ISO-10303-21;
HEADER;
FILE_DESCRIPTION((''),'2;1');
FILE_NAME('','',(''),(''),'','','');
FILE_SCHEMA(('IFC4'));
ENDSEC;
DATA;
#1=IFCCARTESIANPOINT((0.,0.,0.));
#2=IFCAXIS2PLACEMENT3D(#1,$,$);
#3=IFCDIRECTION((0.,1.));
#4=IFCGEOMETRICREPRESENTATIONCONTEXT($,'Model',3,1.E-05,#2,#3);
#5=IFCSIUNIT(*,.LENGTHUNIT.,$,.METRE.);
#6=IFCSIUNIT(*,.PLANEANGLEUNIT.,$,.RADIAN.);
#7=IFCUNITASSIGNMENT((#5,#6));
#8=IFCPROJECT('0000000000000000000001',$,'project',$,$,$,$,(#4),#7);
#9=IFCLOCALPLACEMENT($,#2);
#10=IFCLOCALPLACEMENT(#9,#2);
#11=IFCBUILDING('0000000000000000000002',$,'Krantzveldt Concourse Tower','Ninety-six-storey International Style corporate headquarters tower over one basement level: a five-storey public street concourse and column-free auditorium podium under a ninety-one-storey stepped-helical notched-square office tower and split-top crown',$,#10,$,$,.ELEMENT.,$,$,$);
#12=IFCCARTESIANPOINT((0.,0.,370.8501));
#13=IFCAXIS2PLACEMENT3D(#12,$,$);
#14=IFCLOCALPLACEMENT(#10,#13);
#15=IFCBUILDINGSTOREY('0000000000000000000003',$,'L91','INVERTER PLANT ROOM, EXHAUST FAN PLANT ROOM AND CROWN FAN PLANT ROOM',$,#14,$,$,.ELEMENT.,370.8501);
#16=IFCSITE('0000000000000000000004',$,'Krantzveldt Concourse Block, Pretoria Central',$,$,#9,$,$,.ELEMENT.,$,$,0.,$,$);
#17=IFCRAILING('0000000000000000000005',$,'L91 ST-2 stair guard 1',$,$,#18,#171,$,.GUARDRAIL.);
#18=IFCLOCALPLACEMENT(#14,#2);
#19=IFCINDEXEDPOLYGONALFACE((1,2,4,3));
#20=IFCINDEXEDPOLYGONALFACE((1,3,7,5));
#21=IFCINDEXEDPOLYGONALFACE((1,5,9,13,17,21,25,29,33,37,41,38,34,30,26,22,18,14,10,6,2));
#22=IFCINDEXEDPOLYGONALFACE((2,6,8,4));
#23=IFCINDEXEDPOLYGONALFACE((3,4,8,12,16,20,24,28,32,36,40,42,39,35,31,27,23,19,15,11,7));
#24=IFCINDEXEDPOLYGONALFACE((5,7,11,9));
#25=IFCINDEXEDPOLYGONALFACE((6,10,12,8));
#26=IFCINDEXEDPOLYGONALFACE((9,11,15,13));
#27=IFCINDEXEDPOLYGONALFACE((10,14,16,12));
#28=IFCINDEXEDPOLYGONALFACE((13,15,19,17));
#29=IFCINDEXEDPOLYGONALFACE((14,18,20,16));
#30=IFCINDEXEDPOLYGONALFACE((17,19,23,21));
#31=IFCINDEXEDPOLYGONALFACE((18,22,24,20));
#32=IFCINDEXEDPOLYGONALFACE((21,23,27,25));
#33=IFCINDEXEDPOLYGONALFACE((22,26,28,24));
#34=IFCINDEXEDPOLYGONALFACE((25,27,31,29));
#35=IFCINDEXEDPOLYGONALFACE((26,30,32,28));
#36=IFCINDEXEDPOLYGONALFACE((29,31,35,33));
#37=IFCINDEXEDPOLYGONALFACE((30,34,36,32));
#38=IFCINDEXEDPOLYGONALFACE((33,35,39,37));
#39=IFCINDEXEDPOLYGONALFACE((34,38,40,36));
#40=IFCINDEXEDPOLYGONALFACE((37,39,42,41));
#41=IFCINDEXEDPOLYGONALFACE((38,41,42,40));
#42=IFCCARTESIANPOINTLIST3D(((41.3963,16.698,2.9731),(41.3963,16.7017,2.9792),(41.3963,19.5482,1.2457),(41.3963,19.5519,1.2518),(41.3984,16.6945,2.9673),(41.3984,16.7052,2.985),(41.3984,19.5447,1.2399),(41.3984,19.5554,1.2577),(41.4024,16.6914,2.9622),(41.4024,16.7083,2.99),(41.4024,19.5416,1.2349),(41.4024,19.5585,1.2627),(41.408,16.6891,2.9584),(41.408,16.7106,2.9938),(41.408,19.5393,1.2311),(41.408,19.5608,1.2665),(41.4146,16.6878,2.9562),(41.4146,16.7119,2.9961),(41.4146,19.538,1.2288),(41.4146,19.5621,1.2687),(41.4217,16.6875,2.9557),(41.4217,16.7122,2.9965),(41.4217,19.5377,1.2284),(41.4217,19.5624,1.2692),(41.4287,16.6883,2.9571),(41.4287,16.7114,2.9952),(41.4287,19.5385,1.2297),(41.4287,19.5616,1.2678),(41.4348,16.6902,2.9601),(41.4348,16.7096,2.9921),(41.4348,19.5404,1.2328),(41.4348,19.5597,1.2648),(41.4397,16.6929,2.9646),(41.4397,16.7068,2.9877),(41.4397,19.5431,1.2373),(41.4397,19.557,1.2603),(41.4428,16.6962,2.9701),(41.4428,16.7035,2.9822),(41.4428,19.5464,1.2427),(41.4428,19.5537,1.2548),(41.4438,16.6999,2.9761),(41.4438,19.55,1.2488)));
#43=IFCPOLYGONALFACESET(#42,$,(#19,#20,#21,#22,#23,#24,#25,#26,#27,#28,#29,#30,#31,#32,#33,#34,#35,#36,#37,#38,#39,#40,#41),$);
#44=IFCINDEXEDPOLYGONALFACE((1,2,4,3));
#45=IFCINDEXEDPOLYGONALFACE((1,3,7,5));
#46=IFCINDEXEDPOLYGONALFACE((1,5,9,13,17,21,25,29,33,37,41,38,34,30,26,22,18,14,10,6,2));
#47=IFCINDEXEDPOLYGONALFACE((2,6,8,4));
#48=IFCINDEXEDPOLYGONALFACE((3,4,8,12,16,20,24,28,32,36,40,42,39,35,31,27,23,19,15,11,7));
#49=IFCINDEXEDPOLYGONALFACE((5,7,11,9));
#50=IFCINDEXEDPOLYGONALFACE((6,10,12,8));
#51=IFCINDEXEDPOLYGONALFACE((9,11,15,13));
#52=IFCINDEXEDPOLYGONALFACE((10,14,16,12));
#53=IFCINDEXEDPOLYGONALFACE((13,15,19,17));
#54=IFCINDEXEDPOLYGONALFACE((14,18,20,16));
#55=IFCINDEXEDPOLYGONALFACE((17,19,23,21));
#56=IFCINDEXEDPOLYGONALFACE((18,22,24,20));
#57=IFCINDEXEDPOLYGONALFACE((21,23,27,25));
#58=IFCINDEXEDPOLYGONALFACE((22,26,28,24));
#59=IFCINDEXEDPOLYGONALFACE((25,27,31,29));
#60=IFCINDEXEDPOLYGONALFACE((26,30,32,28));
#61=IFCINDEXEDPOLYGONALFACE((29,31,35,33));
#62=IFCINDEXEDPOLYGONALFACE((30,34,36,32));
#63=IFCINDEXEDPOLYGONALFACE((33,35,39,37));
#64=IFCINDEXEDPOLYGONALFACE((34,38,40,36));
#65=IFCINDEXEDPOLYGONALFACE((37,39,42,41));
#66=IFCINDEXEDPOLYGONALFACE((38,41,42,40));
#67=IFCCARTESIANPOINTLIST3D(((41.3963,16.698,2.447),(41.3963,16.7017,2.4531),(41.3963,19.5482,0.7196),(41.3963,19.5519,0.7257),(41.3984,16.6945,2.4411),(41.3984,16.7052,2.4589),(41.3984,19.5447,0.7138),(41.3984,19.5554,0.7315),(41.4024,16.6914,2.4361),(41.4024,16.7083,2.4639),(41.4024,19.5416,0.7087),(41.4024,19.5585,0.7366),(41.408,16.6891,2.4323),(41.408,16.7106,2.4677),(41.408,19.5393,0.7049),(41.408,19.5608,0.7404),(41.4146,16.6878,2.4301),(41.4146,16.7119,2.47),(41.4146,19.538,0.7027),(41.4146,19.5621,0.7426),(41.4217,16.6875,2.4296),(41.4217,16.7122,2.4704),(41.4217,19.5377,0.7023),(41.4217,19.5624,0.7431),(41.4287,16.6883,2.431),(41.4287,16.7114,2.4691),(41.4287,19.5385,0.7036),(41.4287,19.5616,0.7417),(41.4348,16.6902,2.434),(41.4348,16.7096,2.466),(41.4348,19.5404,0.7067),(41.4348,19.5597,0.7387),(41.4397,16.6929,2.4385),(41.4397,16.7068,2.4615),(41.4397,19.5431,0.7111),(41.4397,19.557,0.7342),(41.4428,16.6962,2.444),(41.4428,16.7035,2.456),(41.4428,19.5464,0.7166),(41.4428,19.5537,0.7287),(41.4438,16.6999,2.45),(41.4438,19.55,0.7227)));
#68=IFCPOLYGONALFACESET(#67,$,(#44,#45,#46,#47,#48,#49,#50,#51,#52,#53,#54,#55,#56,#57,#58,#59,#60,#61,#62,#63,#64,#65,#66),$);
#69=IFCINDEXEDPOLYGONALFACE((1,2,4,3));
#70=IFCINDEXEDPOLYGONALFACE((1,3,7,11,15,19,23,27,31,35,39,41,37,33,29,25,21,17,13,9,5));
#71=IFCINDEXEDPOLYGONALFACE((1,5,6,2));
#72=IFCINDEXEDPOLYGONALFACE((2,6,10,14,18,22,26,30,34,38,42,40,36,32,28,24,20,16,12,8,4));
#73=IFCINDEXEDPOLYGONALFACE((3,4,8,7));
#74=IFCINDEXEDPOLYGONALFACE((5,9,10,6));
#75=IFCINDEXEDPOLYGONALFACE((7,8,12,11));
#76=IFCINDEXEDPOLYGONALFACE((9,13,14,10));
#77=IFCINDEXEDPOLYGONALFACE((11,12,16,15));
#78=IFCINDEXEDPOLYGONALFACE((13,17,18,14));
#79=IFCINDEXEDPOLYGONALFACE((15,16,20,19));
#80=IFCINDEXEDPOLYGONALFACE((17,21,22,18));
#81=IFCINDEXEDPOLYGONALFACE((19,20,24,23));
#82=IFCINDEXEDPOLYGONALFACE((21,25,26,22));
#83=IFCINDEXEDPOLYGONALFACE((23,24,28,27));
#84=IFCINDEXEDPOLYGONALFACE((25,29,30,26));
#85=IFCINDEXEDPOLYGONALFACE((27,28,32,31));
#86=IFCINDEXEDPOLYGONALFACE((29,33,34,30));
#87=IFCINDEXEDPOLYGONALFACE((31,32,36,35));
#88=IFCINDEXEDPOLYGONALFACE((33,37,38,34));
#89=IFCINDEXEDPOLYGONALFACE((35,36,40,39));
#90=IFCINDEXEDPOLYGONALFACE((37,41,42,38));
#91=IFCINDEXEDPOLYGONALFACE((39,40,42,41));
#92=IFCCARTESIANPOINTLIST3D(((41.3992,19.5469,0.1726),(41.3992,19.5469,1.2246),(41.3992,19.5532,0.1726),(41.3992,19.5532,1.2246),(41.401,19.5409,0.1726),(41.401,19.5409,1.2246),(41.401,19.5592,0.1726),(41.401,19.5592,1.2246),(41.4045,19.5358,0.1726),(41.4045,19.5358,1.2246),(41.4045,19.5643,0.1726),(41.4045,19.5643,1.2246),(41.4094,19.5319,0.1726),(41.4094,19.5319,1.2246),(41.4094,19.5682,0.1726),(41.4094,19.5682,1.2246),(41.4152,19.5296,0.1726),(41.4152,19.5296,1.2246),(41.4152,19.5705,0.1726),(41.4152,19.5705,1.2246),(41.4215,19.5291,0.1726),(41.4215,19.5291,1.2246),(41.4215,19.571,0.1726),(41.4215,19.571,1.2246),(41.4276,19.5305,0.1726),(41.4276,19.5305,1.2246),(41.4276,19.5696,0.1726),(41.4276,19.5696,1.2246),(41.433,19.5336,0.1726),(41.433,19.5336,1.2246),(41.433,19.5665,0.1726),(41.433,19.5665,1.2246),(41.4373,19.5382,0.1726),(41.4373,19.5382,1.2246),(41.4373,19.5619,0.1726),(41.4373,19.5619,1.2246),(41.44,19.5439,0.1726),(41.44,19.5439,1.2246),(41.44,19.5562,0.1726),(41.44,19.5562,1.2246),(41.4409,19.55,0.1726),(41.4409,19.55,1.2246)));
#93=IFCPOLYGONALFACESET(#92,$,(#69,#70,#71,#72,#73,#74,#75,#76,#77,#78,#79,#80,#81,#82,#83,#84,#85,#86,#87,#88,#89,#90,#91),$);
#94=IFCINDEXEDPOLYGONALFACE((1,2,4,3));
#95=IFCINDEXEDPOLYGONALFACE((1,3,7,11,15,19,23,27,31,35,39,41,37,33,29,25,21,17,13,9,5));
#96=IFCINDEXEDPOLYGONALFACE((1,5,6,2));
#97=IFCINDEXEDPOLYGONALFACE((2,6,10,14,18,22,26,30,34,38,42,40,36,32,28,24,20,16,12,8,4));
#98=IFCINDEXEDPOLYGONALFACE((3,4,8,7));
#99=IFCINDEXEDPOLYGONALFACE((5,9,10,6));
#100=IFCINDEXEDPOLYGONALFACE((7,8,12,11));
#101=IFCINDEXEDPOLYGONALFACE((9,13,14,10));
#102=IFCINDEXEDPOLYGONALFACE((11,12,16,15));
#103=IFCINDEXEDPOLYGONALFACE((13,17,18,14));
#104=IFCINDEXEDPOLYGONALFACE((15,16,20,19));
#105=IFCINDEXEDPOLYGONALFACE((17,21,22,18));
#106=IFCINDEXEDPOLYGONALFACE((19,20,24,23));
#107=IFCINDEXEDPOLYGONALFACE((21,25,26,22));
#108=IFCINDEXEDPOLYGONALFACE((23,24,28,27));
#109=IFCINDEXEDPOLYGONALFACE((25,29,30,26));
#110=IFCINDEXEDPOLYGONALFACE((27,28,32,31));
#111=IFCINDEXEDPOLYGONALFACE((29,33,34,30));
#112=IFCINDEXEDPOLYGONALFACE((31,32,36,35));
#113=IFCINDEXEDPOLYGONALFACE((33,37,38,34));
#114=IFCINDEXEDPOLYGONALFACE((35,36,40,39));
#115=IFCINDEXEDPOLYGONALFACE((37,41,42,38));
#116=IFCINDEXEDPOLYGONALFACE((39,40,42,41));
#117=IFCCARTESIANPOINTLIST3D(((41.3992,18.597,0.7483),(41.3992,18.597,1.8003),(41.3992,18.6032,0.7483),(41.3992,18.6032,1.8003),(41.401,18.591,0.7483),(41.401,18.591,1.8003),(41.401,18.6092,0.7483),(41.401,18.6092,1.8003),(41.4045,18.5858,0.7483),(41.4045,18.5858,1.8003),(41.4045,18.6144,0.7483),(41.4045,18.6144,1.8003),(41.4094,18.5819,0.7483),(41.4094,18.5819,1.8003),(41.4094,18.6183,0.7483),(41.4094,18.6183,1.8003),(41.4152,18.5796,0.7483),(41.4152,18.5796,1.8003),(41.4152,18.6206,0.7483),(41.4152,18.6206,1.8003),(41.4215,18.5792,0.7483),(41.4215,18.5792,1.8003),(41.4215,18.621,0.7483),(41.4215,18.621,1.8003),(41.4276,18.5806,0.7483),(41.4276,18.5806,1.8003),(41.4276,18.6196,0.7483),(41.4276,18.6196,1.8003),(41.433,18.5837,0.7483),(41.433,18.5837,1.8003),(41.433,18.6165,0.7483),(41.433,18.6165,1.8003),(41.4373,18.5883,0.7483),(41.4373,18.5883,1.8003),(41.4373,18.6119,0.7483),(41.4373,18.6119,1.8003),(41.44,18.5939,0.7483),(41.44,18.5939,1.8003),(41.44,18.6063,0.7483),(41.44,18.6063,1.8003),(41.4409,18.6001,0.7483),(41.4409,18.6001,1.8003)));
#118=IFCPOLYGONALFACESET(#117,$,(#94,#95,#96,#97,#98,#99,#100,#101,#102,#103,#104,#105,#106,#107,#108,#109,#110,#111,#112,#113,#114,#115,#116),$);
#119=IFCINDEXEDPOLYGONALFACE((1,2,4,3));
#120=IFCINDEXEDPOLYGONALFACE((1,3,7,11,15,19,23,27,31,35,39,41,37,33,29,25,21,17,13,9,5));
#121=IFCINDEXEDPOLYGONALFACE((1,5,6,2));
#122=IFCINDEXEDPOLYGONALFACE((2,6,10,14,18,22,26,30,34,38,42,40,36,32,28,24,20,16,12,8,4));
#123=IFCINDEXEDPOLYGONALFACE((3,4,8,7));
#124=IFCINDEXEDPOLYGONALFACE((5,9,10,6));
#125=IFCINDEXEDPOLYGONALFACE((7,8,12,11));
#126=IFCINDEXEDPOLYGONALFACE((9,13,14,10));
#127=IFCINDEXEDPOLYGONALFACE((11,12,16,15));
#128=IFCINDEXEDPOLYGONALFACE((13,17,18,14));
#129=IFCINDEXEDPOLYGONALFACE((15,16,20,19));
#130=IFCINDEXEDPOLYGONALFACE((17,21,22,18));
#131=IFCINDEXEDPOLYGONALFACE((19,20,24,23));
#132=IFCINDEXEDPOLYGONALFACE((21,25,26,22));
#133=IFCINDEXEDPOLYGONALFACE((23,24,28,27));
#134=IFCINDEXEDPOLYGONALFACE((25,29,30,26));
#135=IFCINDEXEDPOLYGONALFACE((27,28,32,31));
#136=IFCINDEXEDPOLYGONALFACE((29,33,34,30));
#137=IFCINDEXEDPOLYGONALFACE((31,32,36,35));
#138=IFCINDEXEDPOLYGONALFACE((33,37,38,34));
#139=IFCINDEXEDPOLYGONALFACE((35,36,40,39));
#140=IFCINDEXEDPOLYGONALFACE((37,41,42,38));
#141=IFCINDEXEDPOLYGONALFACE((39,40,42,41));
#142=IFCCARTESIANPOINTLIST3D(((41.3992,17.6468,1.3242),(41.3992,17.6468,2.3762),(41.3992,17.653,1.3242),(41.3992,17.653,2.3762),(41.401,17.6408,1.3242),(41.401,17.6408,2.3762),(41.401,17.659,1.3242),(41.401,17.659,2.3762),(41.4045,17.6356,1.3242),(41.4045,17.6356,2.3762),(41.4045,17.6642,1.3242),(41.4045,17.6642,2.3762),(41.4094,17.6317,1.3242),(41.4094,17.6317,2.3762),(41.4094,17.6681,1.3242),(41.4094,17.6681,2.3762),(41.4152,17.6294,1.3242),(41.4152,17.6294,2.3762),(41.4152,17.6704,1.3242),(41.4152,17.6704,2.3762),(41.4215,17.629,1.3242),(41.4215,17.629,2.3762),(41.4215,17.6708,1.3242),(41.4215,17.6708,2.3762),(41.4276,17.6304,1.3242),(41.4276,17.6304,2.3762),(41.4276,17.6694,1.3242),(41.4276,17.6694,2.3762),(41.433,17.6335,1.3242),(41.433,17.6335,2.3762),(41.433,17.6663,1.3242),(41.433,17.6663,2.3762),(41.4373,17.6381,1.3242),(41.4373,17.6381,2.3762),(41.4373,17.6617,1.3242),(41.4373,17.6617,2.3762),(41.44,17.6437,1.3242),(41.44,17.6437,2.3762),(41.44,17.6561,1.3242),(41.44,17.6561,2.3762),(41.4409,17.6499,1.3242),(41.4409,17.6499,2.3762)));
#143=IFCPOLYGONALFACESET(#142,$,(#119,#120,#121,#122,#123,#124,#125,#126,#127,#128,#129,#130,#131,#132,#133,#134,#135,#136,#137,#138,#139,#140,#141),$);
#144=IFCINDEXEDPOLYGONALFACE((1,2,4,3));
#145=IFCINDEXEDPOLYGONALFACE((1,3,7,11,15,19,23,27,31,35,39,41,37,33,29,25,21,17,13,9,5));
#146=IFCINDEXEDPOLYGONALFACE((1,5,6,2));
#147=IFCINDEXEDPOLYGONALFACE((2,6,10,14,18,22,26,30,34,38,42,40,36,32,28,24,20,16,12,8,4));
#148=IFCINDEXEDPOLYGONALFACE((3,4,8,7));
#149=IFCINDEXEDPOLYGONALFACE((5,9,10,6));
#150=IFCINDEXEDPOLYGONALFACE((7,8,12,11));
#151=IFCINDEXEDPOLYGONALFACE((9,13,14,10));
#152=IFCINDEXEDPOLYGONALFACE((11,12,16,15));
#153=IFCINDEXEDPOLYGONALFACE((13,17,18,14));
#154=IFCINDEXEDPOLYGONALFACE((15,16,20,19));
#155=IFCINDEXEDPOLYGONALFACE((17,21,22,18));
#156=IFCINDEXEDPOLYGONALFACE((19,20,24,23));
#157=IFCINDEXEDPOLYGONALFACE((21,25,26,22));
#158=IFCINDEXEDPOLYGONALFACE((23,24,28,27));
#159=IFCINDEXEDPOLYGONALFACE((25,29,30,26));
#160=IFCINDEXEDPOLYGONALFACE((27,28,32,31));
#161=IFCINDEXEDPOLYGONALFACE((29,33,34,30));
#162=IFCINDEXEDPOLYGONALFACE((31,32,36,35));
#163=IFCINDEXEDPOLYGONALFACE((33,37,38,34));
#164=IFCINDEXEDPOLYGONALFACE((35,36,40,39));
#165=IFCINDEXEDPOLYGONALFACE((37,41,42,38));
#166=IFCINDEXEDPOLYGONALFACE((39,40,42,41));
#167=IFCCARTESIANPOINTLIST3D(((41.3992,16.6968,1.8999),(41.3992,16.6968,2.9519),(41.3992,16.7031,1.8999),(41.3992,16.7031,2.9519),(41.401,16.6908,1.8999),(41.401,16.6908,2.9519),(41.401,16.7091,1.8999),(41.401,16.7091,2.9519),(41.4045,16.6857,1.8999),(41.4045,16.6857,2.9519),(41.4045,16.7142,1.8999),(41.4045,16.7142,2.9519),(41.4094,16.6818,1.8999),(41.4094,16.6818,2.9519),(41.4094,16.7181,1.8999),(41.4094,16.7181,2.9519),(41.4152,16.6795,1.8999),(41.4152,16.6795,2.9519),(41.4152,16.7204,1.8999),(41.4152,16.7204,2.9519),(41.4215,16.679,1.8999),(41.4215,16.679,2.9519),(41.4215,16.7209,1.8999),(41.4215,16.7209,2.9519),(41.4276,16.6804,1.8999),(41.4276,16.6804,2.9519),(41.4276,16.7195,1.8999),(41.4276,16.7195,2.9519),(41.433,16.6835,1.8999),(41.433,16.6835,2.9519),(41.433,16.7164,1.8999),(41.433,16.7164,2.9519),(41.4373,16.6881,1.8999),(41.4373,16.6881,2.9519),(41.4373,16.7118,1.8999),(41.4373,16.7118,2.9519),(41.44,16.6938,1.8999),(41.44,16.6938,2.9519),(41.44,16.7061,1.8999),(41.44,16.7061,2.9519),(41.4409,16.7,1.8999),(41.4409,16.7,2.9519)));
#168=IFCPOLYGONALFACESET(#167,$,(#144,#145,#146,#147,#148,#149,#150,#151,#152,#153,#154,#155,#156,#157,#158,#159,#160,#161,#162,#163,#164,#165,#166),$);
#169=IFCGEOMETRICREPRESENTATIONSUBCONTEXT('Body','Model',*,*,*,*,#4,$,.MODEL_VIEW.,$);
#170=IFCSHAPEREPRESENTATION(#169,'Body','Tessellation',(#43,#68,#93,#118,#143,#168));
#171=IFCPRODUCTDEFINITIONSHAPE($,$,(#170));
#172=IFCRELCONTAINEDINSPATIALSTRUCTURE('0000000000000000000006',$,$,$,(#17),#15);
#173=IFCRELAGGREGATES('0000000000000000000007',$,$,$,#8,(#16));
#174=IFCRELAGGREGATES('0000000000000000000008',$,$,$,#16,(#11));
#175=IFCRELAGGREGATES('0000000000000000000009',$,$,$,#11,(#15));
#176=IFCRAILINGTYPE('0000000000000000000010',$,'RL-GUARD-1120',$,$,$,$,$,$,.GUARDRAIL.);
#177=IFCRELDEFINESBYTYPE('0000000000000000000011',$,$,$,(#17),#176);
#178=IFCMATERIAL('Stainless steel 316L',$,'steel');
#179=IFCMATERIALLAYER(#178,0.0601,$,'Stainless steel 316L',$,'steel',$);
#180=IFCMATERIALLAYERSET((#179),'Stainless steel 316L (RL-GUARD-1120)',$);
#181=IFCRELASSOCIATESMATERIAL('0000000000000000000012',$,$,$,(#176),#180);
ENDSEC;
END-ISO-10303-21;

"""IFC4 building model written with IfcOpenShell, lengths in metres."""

from ifc_helpers import new_model, si_unit, direction, frame, origin, origin_2d, place, context, subcontext, project, spatial, circle, extrude, material, layer, layer_set, type_object, element, save


model = new_model("IFC4")

# Units and contexts
model_context = context("Model", 3, precision=1e-05, world=origin(), true_north=direction((0.0, 1.0)))
body_context = subcontext(model_context, "Body", "Model", "MODEL_VIEW")
ifc_project = project(units=[si_unit("LENGTHUNIT", "METRE"), si_unit("PLANEANGLEUNIT", "RADIAN")], contexts=[model_context])

# Site, building, storey
site_placement = place(None, origin())
site = spatial("IfcSite", under=ifc_project, at=site_placement, Name="Krantzveldt Concourse Block, Pretoria Central", CompositionType="ELEMENT", RefElevation=0.0)
building_placement = place(site_placement, origin())
building = spatial("IfcBuilding", under=site, at=building_placement, Name="Krantzveldt Concourse Tower", Description="Ninety-six-storey International Style corporate headquarters tower over one basement level: a five-storey public street concourse and column-free auditorium podium under a ninety-one-storey stepped-helical notched-square office tower and split-top crown", CompositionType="ELEMENT")
storey_placement = place(building_placement, frame((0.0, 0.0, 370.8501)))
storey = spatial("IfcBuildingStorey", under=building, at=storey_placement, Name="L91", Description="INVERTER PLANT ROOM, EXHAUST FAN PLANT ROOM AND CROWN FAN PLANT ROOM", CompositionType="ELEMENT", Elevation=370.8501)

# Shared definitions
ifc_material_1 = material(Name="Stainless steel 316L", Category="steel")

# Railing
ifc_layer_1 = layer(ifc_material_1, 0.0601, Name="Stainless steel 316L", Category="steel")
ifc_layer_set_1 = layer_set([ifc_layer_1], Name="Stainless steel 316L (RL-GUARD-1120)")
railing_type_1 = type_object("IfcRailingType", Name="RL-GUARD-1120", PredefinedType="GUARDRAIL", material=ifc_layer_set_1)
railing_1_placement = place(storey_placement, frame((41.4199, 19.55, 0.1726)))
element("IfcRailing", 1, at=railing_1_placement, inside=storey, type_object=railing_type_1, Name="L91 ST-2 stair guard 1", PredefinedType="GUARDRAIL", context=body_context, shape_type="SweptSolid", body=[
    extrude(circle(Radius=0.0239, at=origin_2d()), frame((0.0, 0.0, 1.0762), z_axis=(0.0, -0.855203, 0.518294), x_axis=(1.0, 0.0, 0.0)), (0.0, 0.0, 1.0), 3.3328),
    extrude(circle(Radius=0.0239, at=origin_2d()), frame((0.0, 0.0, 0.55), z_axis=(0.0, -0.855203, 0.518294), x_axis=(1.0, 0.0, 0.0)), (0.0, 0.0, 1.0), 3.3328),
    extrude(circle(Radius=0.021, at=origin_2d()), origin(), (0.0, 0.0, 1.0), 1.052),
    extrude(circle(Radius=0.021, at=origin_2d()), frame((0.0, -0.95, 0.5757)), (0.0, 0.0, 1.0), 1.052),
    extrude(circle(Radius=0.021, at=origin_2d()), frame((0.0, -1.9001, 1.1516)), (0.0, 0.0, 1.0), 1.052),
    extrude(circle(Radius=0.021, at=origin_2d()), frame((0.0, -2.8501, 1.7273)), (0.0, 0.0, 1.0), 1.052),
])

save(model, "model.ifc")
